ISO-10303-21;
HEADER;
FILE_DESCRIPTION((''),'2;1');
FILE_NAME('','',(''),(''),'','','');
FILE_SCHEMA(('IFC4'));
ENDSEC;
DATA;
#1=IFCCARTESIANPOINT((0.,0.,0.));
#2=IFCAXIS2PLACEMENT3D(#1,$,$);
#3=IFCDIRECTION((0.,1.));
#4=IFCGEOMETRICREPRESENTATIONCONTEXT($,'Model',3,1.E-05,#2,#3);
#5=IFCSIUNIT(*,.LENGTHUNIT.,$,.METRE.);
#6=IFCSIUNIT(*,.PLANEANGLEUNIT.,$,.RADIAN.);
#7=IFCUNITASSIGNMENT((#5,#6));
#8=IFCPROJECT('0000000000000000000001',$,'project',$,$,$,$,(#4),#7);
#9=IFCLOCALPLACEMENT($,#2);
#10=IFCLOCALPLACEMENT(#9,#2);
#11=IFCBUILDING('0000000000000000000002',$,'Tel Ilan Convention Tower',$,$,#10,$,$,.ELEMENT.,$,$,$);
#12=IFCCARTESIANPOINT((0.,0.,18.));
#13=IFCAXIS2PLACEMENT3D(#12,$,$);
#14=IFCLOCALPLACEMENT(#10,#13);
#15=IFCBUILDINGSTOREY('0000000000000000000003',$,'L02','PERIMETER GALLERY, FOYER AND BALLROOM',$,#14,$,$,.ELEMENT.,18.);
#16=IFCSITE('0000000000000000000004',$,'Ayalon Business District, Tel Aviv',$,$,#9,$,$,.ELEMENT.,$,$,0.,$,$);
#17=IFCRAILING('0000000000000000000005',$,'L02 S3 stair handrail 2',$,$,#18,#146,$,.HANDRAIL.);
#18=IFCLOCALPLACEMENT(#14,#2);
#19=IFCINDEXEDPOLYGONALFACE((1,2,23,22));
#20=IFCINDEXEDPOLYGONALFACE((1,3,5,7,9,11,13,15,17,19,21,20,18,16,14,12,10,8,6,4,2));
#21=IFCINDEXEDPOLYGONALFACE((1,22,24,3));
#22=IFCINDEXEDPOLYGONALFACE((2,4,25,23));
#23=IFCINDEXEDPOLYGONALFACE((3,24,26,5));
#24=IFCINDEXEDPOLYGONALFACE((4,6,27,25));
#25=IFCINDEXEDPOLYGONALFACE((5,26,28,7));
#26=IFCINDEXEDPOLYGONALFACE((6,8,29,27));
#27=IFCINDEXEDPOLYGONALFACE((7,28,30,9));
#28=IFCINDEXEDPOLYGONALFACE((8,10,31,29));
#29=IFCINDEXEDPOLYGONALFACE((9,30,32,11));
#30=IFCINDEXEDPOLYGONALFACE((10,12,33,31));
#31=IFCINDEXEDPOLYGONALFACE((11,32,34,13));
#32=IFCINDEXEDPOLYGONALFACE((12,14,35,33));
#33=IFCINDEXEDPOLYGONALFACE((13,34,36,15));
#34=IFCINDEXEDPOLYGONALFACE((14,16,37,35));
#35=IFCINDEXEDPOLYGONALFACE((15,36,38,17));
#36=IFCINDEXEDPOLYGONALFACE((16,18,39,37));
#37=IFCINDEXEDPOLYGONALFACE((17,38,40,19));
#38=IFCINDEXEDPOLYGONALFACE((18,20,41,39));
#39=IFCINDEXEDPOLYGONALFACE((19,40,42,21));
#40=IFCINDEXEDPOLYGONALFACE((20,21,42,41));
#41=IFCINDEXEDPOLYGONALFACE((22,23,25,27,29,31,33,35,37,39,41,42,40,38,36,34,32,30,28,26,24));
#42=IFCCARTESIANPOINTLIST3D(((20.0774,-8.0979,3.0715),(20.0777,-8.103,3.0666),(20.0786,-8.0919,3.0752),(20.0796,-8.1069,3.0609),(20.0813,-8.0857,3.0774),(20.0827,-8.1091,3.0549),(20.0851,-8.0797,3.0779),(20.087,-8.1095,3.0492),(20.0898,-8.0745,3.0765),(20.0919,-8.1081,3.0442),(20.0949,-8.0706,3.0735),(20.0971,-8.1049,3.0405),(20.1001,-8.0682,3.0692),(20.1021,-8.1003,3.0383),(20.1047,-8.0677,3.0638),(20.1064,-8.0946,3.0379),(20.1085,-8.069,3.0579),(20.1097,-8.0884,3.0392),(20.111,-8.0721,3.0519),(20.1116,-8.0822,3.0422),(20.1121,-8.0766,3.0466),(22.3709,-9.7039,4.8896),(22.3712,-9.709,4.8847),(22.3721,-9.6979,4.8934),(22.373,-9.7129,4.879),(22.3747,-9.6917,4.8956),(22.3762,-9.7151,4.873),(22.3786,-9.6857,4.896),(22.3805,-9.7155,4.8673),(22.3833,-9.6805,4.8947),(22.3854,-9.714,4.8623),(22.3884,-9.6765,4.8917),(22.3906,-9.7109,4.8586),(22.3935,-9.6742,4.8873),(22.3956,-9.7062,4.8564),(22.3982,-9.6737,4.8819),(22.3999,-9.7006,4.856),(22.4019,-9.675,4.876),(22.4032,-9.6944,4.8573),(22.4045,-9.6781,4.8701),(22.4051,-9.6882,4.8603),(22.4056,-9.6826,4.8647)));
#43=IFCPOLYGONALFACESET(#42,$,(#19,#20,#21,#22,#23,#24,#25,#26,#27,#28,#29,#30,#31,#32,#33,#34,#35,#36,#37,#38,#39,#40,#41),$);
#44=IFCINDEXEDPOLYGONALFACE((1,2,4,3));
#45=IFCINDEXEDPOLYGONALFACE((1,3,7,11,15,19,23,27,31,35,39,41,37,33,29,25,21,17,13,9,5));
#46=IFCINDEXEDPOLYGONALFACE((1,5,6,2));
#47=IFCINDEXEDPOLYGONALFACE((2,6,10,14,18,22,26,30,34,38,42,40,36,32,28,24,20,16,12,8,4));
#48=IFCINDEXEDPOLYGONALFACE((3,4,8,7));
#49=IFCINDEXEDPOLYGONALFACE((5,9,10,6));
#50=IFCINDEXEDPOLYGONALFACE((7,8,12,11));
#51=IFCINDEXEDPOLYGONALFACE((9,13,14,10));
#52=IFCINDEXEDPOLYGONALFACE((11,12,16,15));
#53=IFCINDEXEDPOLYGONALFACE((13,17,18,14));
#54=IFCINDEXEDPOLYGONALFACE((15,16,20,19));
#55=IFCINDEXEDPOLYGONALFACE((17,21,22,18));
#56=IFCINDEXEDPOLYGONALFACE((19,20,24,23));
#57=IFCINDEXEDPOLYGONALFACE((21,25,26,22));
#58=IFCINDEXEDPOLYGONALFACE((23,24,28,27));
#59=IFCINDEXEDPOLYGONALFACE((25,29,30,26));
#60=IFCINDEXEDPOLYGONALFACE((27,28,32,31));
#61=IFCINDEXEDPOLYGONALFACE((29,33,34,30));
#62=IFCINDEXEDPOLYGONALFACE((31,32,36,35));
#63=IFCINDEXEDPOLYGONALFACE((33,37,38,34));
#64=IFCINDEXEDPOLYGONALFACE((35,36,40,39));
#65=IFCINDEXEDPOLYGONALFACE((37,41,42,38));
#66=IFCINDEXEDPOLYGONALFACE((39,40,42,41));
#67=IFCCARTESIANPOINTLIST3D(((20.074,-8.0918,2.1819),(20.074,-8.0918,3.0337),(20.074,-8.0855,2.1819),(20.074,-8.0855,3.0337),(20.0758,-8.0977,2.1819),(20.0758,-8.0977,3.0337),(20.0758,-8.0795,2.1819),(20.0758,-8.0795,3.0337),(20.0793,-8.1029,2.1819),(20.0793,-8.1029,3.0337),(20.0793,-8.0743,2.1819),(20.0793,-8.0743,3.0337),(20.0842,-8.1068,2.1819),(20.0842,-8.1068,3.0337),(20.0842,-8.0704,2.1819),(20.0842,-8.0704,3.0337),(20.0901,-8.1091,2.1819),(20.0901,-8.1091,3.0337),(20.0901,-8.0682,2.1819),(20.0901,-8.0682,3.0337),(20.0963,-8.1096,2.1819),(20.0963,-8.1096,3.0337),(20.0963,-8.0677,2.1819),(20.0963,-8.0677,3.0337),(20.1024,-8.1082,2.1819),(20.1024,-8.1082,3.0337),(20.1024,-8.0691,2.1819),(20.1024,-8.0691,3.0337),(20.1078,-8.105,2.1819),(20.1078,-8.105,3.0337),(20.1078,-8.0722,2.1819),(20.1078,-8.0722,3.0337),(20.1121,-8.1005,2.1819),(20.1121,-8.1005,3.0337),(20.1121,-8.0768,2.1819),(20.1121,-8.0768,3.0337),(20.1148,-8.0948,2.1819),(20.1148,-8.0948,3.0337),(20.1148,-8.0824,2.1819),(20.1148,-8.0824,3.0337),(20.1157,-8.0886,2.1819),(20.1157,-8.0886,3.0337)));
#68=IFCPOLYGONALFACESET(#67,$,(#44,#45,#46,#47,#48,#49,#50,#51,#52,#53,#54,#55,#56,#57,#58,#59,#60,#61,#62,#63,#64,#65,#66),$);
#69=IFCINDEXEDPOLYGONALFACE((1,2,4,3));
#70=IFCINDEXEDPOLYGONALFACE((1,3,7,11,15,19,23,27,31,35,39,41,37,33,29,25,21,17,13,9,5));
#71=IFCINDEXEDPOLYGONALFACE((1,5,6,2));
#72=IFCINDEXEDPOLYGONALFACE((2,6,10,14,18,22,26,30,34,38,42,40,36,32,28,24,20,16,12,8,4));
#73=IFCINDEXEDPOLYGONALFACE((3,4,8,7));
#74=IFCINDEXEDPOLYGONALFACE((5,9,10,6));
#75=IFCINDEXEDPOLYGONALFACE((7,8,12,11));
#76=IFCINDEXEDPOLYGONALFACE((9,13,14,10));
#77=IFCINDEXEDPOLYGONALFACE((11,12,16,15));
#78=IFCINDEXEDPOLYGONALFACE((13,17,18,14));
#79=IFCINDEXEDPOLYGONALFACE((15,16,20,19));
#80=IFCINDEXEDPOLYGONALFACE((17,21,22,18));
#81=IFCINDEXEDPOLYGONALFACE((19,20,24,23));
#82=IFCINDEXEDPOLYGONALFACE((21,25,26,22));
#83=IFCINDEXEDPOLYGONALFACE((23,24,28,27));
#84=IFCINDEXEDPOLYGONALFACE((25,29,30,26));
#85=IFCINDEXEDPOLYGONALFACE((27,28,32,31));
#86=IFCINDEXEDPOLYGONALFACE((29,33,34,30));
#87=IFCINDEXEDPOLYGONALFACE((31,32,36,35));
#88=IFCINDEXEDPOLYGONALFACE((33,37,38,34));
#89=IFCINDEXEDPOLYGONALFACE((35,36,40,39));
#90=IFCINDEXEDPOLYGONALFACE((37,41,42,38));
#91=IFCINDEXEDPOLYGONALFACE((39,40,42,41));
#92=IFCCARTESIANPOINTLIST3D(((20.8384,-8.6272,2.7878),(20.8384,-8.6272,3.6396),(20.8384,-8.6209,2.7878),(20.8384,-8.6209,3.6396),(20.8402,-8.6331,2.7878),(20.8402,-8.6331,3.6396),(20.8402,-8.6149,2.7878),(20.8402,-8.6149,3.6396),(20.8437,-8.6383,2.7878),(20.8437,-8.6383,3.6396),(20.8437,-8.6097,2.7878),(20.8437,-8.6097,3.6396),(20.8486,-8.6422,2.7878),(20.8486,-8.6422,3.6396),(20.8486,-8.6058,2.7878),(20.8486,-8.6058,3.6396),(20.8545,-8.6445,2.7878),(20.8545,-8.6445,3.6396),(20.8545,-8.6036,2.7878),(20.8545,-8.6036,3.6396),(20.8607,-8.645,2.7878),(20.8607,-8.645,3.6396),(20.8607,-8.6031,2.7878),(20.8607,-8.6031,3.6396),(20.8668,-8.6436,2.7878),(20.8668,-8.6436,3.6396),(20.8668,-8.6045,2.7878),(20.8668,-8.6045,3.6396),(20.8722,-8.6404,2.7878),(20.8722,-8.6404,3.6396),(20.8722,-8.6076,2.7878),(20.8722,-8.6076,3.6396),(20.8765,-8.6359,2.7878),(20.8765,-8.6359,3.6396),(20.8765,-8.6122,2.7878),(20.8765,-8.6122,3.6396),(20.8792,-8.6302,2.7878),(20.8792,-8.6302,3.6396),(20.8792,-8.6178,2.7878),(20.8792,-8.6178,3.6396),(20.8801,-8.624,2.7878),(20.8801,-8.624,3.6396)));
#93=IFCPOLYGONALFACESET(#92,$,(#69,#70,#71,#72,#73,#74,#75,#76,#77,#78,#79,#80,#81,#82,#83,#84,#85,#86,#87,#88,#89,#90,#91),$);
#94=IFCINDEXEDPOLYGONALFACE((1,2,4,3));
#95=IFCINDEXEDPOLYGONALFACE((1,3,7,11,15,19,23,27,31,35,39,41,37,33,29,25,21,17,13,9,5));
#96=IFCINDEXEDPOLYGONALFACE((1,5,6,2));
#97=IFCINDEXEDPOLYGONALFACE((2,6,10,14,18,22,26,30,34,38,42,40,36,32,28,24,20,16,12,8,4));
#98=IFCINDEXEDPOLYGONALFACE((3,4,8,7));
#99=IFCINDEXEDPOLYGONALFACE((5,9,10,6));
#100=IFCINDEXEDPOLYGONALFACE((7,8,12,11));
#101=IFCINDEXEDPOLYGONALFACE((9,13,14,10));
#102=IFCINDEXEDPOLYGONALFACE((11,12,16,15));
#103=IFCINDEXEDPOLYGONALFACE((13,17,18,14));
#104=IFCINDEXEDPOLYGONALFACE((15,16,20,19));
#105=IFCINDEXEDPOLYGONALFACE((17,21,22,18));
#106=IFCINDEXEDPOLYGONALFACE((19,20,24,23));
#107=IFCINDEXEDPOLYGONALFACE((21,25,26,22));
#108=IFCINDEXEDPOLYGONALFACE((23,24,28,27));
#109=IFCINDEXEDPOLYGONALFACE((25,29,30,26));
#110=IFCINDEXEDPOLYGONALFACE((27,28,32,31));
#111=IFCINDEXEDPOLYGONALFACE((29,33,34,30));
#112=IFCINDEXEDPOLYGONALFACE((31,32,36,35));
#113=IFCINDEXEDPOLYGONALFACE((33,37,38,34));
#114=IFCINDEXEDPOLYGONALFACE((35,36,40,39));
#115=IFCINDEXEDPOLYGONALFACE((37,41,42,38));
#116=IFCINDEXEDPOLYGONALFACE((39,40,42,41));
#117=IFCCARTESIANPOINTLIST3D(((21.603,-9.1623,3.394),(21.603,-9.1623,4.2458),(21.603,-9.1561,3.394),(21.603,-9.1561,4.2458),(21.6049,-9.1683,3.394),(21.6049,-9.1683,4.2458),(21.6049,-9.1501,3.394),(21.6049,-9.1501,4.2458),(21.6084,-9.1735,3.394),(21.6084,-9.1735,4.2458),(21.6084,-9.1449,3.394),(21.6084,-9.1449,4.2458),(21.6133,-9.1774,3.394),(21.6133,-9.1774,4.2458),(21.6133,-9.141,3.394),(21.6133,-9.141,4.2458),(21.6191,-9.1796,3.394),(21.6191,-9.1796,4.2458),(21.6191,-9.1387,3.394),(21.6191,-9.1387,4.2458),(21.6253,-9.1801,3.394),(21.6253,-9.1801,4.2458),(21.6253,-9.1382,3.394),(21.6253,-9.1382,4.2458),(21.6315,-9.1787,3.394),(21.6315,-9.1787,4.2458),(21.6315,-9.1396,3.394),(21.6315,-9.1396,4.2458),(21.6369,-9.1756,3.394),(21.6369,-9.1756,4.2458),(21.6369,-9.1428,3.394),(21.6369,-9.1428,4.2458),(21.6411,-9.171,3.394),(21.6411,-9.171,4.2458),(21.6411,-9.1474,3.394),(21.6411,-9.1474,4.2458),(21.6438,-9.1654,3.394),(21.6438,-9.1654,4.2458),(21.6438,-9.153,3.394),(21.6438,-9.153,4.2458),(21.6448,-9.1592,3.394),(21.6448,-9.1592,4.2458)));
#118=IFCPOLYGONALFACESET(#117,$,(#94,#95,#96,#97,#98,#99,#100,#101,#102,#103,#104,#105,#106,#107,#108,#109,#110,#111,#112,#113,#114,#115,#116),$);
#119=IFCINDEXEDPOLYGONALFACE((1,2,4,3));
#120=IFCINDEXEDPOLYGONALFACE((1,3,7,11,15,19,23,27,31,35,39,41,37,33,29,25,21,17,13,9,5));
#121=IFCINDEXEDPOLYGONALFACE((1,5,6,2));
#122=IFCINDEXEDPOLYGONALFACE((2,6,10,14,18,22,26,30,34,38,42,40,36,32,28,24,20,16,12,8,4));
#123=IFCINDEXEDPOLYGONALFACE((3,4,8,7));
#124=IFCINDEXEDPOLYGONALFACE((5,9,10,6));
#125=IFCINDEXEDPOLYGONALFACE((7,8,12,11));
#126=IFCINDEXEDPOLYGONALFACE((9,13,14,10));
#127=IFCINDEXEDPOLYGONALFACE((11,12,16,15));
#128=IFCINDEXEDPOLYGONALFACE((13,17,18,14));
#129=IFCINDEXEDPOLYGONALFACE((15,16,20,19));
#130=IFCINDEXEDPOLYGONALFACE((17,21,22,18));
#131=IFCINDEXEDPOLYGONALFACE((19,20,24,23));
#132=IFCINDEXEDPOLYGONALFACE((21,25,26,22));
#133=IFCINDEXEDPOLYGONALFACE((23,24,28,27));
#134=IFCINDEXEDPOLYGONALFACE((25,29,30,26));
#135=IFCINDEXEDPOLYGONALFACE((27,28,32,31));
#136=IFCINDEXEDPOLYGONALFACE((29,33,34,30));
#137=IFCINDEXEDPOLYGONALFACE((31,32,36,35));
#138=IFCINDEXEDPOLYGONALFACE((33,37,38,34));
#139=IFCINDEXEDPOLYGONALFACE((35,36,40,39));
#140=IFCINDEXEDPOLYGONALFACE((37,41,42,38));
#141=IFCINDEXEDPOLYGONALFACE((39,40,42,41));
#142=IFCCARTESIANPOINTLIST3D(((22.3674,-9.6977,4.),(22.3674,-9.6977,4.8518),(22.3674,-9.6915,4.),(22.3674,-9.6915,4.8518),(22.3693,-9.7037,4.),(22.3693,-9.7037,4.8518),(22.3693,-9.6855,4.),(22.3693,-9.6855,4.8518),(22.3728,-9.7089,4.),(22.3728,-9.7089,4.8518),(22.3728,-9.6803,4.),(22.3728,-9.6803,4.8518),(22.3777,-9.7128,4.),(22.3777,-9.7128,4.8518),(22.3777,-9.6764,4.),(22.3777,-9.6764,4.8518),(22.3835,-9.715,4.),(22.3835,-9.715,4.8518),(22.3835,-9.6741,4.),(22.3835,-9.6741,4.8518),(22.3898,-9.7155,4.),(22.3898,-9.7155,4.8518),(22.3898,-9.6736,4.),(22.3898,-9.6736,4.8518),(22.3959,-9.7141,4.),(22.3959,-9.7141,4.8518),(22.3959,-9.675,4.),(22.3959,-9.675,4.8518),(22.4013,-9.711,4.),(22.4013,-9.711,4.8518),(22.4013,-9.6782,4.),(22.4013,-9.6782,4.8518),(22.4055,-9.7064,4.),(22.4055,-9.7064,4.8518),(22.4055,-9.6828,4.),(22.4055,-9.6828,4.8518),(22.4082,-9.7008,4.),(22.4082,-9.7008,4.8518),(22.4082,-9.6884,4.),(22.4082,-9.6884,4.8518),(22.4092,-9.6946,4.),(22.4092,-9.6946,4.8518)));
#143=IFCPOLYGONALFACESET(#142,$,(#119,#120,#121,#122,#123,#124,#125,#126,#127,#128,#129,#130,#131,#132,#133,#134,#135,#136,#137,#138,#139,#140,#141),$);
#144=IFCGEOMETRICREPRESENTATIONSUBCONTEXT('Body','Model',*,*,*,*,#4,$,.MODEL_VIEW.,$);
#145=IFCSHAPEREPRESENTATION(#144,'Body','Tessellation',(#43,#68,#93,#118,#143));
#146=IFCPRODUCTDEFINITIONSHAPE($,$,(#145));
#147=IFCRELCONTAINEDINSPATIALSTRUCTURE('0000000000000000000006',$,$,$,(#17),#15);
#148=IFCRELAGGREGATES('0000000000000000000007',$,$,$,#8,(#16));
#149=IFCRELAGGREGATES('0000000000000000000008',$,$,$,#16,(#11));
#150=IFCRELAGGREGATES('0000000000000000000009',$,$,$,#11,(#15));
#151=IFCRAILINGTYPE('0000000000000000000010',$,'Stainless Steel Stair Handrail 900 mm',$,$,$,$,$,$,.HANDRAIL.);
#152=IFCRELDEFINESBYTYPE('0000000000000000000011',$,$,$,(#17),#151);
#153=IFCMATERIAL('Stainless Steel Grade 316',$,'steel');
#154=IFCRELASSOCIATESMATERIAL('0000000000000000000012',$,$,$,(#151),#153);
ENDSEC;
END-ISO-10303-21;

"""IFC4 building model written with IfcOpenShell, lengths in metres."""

from ifc_helpers import new_model, si_unit, direction, frame, origin, origin_2d, place, context, subcontext, project, spatial, circle, extrude, material, type_object, element, save


model = new_model("IFC4")

# Units and contexts
model_context = context("Model", 3, precision=1e-05, world=origin(), true_north=direction((0.0, 1.0)))
body_context = subcontext(model_context, "Body", "Model", "MODEL_VIEW")
ifc_project = project(units=[si_unit("LENGTHUNIT", "METRE"), si_unit("PLANEANGLEUNIT", "RADIAN")], contexts=[model_context])

# Site, building, storey
site_placement = place(None, origin())
site = spatial("IfcSite", under=ifc_project, at=site_placement, Name="Ayalon Business District, Tel Aviv", CompositionType="ELEMENT", RefElevation=0.0)
building_placement = place(site_placement, origin())
building = spatial("IfcBuilding", under=site, at=building_placement, Name="Tel Ilan Convention Tower", CompositionType="ELEMENT")
storey_placement = place(building_placement, frame((0.0, 0.0, 18.0)))
storey = spatial("IfcBuildingStorey", under=building, at=storey_placement, Name="L02", Description="PERIMETER GALLERY, FOYER AND BALLROOM", CompositionType="ELEMENT", Elevation=18.0)

# Railing
ifc_material_1 = material(Name="Stainless Steel Grade 316", Category="steel")
railing_type_1 = type_object("IfcRailingType", Name="Stainless Steel Stair Handrail 900 mm", PredefinedType="HANDRAIL", material=ifc_material_1)
for number, where, name in (
    (1, (20.0947, -8.0886, 2.1819), "L02 S3 stair handrail 2"),
):
    element("IfcRailing", number, at=place(storey_placement, frame(where)), inside=storey, type_object=railing_type_1, Name=name, PredefinedType="HANDRAIL", context=body_context, shape_type="SweptSolid", body=[
        extrude(circle(Radius=0.0239, at=origin_2d()), frame((0.0, 0.0, 0.876), z_axis=(0.687003, -0.481063, 0.544615), x_axis=(0.573591, 0.819142, 0.0)), (0.0, 0.0, 1.0), 3.3384),
        extrude(circle(Radius=0.021, at=origin_2d()), origin(), (0.0, 0.0, 1.0), 0.8518),
        extrude(circle(Radius=0.021, at=origin_2d()), frame((0.7644, -0.5354, 0.606)), (0.0, 0.0, 1.0), 0.8518),
        extrude(circle(Radius=0.021, at=origin_2d()), frame((1.5291, -1.0706, 1.2122)), (0.0, 0.0, 1.0), 0.8518),
        extrude(circle(Radius=0.021, at=origin_2d()), frame((2.2935, -1.606, 1.8181)), (0.0, 0.0, 1.0), 0.8518),
    ])

save(model, "model.ifc")
